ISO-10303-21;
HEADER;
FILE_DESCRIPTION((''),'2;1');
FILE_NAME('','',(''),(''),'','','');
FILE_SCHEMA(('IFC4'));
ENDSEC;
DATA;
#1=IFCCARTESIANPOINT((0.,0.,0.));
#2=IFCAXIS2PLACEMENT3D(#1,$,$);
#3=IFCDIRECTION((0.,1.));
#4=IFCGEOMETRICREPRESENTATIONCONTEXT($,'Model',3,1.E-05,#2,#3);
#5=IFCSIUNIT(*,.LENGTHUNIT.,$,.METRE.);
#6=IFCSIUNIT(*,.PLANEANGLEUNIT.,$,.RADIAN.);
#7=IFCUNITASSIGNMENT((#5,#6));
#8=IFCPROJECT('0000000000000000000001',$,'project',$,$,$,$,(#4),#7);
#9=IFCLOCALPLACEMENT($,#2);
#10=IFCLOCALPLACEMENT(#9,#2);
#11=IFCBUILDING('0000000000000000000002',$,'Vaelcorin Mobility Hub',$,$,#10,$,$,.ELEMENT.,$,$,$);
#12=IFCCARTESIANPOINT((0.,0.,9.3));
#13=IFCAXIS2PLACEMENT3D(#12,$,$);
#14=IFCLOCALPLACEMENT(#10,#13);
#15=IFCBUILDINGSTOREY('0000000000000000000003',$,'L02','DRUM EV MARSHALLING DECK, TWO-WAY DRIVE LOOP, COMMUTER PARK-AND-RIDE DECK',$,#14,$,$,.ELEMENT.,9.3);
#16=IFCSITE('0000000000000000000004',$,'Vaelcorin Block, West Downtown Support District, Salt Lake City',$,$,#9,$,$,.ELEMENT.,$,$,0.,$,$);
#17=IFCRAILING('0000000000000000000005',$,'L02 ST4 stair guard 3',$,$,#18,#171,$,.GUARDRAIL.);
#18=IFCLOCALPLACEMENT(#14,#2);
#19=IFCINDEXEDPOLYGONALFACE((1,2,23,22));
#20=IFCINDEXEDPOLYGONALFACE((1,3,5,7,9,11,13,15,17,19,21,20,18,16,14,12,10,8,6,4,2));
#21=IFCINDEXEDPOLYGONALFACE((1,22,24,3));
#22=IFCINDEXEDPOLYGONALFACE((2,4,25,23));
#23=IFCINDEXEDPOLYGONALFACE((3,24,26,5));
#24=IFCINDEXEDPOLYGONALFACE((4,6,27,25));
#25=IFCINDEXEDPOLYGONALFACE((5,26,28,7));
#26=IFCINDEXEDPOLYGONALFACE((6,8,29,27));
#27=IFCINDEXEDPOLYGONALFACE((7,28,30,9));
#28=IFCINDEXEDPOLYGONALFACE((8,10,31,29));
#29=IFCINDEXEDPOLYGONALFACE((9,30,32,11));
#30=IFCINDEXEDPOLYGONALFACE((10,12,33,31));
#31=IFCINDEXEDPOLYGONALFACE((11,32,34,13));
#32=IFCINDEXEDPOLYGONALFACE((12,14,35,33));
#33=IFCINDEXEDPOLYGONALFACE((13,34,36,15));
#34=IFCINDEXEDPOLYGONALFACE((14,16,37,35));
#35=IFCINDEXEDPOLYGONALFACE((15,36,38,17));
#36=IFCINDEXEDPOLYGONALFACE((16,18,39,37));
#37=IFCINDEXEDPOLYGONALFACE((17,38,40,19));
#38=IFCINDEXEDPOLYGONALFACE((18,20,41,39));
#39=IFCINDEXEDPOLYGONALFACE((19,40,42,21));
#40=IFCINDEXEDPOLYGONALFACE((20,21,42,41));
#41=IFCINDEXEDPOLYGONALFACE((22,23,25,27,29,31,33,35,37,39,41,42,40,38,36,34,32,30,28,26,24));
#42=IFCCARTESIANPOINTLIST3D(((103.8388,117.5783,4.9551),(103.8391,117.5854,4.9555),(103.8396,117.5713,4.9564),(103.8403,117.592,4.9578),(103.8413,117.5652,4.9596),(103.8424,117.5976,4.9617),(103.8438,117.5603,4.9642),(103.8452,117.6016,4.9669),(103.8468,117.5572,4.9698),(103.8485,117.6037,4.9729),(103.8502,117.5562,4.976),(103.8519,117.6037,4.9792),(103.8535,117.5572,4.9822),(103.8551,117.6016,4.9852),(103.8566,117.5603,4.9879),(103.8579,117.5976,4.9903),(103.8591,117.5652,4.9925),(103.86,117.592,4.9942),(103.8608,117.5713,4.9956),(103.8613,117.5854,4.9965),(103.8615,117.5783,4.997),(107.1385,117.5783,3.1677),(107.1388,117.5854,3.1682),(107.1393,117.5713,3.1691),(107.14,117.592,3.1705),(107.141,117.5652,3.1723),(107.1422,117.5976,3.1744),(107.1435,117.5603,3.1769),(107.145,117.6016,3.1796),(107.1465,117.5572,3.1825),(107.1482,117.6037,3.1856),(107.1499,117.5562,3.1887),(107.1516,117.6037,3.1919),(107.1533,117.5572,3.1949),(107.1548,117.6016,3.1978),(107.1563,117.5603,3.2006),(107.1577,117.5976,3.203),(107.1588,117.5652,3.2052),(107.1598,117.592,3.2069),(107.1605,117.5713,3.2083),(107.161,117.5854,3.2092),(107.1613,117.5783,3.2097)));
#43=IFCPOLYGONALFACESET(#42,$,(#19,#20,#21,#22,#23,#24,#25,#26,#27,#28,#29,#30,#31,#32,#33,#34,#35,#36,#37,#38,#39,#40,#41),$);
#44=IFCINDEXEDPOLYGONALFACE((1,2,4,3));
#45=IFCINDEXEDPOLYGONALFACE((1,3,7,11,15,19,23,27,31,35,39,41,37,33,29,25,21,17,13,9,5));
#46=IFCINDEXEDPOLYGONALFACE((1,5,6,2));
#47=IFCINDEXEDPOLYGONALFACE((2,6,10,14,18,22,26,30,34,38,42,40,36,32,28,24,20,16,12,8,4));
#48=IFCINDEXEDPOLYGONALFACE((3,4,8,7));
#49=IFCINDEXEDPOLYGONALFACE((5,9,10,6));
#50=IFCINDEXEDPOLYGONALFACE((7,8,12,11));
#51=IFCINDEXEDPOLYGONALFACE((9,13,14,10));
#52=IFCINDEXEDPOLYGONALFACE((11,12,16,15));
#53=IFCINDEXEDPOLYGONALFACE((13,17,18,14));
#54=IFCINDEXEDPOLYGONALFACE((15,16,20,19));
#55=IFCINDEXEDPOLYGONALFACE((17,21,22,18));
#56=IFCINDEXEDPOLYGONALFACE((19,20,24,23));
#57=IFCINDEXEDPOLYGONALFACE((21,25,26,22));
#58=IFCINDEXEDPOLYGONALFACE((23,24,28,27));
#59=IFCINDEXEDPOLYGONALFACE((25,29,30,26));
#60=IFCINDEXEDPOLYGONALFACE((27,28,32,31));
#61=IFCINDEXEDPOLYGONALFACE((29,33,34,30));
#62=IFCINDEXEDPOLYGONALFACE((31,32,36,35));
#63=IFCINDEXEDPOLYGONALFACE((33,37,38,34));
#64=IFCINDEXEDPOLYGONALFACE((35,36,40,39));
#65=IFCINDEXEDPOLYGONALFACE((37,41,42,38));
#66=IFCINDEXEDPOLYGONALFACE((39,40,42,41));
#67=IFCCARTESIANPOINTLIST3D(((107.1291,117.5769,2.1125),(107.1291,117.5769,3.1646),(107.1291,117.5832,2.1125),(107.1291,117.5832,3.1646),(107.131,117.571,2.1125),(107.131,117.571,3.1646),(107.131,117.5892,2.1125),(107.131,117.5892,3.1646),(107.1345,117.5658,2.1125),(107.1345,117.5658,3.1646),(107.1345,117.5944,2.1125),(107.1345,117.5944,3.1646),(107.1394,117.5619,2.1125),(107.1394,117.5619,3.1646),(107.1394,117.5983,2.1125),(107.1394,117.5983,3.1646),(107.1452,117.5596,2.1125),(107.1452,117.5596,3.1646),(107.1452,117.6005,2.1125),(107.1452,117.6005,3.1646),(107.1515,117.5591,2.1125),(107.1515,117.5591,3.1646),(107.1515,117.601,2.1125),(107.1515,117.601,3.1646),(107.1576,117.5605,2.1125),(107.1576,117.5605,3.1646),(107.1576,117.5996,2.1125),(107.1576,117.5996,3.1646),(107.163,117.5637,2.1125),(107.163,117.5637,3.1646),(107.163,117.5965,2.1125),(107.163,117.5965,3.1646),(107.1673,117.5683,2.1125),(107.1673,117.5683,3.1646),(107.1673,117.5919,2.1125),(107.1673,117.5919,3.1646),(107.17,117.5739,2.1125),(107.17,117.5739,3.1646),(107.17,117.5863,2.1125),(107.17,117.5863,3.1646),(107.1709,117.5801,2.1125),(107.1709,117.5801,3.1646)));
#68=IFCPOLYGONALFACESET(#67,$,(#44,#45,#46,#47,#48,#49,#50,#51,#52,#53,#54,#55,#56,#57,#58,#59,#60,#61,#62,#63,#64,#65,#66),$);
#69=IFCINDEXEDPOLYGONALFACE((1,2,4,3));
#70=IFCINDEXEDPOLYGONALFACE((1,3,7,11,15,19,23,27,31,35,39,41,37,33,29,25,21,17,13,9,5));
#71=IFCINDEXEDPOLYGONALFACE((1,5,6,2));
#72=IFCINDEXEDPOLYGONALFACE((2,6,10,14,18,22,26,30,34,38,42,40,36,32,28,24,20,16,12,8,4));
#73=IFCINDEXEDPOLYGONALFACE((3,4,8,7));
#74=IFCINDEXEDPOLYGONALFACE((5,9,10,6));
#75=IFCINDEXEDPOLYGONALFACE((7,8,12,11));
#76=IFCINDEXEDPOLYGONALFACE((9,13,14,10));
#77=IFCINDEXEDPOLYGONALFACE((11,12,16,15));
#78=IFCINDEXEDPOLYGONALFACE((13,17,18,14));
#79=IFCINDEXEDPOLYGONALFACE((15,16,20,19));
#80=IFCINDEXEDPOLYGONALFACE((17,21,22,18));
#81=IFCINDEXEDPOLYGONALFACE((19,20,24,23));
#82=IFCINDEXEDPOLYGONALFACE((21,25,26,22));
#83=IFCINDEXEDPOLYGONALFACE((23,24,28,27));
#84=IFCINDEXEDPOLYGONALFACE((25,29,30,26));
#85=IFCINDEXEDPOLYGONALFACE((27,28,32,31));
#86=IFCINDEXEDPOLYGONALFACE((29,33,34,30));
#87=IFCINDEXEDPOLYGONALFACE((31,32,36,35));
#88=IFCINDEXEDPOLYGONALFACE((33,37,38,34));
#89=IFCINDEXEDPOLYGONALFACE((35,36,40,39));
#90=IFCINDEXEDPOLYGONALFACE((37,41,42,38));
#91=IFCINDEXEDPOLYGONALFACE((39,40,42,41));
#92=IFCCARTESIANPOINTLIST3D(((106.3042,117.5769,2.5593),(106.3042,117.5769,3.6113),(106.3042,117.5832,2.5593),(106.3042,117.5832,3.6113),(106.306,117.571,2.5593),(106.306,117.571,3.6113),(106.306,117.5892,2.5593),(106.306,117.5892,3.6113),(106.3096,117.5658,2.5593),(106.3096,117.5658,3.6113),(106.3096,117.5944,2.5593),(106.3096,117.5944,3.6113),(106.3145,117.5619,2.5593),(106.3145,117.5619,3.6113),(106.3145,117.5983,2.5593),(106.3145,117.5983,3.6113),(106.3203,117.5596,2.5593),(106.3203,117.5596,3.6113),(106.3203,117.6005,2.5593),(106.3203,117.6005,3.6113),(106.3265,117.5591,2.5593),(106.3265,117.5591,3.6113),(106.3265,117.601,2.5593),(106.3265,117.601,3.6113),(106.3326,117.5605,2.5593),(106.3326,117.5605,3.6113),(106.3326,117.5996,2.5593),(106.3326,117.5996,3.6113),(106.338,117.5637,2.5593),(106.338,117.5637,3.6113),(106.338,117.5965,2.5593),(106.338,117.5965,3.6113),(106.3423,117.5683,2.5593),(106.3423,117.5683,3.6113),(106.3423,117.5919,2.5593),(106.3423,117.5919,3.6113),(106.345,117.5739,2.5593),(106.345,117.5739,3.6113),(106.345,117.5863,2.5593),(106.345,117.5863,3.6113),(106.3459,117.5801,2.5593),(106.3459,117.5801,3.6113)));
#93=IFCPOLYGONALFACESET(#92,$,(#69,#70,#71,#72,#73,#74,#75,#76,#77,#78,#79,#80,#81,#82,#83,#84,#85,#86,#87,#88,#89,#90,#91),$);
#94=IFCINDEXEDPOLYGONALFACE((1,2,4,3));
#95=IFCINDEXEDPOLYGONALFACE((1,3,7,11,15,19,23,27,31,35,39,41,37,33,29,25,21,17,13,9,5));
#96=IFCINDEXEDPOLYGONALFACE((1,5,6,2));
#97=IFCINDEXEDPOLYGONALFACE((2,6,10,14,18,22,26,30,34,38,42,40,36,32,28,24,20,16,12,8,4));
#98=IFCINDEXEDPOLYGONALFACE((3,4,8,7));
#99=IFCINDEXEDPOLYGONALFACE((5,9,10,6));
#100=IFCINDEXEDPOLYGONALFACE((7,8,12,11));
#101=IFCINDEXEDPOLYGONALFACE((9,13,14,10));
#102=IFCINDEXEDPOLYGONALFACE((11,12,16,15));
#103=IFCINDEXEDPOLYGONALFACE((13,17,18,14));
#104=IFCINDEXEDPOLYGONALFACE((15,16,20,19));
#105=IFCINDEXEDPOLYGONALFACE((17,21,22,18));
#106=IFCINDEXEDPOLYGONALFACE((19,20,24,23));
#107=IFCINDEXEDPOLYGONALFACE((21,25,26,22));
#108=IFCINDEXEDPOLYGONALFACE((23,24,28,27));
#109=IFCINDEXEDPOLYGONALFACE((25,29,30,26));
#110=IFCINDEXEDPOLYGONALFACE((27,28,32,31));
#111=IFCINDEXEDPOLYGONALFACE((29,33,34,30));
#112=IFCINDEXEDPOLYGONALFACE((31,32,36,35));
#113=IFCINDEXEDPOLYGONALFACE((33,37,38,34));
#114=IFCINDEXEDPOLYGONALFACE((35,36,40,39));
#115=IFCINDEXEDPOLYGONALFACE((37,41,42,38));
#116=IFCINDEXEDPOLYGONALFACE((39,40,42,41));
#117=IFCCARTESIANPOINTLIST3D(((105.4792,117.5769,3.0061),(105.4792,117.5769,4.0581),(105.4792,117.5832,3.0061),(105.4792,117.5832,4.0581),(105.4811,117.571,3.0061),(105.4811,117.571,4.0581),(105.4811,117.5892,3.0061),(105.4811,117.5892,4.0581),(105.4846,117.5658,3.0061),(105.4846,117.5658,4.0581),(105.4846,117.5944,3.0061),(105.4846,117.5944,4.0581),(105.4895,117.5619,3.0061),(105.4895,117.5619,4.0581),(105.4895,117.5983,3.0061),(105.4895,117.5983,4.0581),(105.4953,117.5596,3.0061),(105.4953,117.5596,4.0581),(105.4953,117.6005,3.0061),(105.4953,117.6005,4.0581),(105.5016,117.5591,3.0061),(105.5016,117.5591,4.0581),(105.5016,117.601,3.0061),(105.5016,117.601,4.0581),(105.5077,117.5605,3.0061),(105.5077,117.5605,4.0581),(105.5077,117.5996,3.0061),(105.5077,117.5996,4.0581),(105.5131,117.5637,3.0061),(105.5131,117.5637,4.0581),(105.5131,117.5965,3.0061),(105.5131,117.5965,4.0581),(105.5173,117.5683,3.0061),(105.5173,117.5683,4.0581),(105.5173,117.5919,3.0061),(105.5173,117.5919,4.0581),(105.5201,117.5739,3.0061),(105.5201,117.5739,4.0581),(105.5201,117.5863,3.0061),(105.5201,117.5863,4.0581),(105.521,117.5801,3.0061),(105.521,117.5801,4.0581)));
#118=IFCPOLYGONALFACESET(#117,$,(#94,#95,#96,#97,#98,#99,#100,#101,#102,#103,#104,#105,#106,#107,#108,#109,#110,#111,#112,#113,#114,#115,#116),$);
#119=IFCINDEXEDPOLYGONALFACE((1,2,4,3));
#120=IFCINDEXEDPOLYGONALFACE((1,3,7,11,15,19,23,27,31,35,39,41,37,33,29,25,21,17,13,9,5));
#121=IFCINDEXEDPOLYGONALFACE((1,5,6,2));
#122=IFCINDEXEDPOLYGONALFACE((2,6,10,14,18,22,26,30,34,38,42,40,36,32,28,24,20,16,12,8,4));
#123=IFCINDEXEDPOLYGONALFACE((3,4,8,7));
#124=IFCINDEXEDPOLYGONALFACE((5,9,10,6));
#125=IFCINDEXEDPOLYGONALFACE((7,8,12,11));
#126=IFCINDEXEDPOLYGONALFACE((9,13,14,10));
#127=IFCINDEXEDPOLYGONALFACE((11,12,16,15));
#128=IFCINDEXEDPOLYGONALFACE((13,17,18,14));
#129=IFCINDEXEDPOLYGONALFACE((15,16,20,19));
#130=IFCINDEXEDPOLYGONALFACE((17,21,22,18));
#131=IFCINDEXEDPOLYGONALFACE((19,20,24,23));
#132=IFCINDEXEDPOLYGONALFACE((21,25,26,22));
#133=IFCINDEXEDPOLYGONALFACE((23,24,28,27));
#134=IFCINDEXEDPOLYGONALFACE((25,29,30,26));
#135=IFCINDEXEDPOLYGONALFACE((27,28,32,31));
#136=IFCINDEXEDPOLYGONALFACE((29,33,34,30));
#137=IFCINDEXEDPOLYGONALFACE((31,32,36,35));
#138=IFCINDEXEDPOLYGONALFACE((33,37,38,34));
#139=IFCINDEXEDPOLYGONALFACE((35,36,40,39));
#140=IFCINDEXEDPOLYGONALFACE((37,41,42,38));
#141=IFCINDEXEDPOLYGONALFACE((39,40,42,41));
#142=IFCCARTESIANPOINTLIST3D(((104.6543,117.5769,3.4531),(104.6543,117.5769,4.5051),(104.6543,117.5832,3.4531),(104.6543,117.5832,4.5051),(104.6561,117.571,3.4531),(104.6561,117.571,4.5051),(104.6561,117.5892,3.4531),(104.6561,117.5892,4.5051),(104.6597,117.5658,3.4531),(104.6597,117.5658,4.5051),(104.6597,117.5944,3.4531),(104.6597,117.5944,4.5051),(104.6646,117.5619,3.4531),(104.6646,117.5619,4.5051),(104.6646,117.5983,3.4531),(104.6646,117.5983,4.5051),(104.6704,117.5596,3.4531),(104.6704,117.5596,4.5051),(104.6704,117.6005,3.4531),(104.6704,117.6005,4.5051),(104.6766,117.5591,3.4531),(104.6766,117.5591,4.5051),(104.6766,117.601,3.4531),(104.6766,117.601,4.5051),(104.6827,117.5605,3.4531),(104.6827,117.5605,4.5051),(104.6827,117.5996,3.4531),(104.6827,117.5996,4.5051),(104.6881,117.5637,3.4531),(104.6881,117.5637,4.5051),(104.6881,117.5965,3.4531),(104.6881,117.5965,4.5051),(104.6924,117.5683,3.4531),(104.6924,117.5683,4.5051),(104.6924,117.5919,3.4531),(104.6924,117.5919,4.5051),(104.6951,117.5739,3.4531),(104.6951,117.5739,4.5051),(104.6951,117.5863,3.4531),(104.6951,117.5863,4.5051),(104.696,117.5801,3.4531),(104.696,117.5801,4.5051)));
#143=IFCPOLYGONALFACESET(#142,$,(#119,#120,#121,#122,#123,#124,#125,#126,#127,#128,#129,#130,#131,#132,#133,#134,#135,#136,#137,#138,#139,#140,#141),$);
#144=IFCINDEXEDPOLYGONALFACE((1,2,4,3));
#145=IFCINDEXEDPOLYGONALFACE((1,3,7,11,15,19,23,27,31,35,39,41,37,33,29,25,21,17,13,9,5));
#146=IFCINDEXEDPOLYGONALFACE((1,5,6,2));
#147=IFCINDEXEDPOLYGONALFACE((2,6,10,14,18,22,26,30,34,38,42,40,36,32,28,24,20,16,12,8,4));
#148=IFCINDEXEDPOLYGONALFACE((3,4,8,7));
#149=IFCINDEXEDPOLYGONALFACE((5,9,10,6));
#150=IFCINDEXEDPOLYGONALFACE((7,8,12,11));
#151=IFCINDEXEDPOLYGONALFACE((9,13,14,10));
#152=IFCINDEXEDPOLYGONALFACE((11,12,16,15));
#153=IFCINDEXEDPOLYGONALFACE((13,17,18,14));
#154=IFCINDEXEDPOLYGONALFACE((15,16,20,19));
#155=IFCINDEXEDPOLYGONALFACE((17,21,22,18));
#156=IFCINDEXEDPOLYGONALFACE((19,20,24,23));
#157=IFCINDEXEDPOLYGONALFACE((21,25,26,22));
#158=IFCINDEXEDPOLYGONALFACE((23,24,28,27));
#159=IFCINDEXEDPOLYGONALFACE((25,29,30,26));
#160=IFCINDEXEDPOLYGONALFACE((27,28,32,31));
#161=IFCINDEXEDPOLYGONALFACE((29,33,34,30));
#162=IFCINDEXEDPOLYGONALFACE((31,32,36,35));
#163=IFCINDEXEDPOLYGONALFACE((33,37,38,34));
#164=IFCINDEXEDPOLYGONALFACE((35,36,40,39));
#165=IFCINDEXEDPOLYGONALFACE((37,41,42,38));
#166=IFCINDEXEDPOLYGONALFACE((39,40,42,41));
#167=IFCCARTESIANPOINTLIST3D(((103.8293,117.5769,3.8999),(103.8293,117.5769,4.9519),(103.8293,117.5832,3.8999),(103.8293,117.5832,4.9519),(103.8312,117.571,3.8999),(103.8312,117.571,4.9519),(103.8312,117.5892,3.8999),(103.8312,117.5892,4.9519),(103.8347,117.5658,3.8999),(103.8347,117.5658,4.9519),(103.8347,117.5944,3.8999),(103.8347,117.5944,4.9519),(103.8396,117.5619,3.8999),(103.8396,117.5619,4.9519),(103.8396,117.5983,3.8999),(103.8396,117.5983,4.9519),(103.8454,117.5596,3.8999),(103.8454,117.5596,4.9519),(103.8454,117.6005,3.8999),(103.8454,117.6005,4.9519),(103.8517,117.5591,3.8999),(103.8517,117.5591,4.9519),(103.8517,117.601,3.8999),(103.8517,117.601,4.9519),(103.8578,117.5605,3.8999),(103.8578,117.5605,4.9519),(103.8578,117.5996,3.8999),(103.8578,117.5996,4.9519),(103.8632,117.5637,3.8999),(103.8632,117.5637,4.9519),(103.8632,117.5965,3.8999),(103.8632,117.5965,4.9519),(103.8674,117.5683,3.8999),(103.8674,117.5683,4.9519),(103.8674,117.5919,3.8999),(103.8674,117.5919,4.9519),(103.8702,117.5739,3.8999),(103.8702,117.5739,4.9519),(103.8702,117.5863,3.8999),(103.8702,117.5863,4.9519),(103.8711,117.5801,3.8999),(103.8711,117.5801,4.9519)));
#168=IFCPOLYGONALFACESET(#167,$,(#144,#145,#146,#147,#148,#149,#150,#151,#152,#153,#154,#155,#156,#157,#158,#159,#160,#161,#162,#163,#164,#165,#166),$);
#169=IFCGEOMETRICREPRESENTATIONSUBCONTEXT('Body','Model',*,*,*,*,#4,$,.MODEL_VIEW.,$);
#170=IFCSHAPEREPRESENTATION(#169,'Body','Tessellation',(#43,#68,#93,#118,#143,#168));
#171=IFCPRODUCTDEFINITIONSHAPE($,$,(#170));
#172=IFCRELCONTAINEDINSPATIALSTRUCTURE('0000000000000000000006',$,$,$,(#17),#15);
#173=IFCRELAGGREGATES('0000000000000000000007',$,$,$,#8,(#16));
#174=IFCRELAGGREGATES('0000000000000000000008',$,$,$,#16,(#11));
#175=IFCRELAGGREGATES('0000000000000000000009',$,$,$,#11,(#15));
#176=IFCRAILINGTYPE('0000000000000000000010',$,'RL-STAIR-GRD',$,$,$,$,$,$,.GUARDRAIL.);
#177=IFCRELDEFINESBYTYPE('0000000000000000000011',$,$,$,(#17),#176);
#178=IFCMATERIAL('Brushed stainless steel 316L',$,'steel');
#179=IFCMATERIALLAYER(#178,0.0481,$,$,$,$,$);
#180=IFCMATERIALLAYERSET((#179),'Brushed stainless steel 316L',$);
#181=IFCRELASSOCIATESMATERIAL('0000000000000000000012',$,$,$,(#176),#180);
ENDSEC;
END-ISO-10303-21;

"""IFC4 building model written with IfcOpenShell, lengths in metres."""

from ifc_helpers import new_model, si_unit, direction, frame, origin, origin_2d, place, context, subcontext, project, spatial, circle, extrude, material, layer, layer_set, type_object, element, save


model = new_model("IFC4")

# Units and contexts
model_context = context("Model", 3, precision=1e-05, world=origin(), true_north=direction((0.0, 1.0)))
body_context = subcontext(model_context, "Body", "Model", "MODEL_VIEW")
ifc_project = project(units=[si_unit("LENGTHUNIT", "METRE"), si_unit("PLANEANGLEUNIT", "RADIAN")], contexts=[model_context])

# Site, building, storey
site_placement = place(None, origin())
site = spatial("IfcSite", under=ifc_project, at=site_placement, Name="Vaelcorin Block, West Downtown Support District, Salt Lake City", CompositionType="ELEMENT", RefElevation=0.0)
building_placement = place(site_placement, origin())
building = spatial("IfcBuilding", under=site, at=building_placement, Name="Vaelcorin Mobility Hub", CompositionType="ELEMENT")
storey_placement = place(building_placement, frame((0.0, 0.0, 9.3)))
storey = spatial("IfcBuildingStorey", under=building, at=storey_placement, Name="L02", Description="DRUM EV MARSHALLING DECK, TWO-WAY DRIVE LOOP, COMMUTER PARK-AND-RIDE DECK", CompositionType="ELEMENT", Elevation=9.3)

# Shared definitions
ifc_material_1 = material(Name="Brushed stainless steel 316L", Category="steel")

# Railing
ifc_layer_1 = layer(ifc_material_1, 0.0481)
ifc_layer_set_1 = layer_set([ifc_layer_1], Name="Brushed stainless steel 316L")
railing_type_1 = type_object("IfcRailingType", Name="RL-STAIR-GRD", PredefinedType="GUARDRAIL", material=ifc_layer_set_1)
railing_1_placement = place(storey_placement, frame((107.1499, 117.5801, 2.1125)))
element("IfcRailing", 1, at=railing_1_placement, inside=storey, type_object=railing_type_1, Name="L02 ST4 stair guard 3", PredefinedType="GUARDRAIL", context=body_context, shape_type="SweptSolid", body=[
    extrude(circle(Radius=0.0239, at=origin_2d()), frame((0.0, 0.0, 1.0762), z_axis=(-0.879297, 0.0, 0.476275), x_axis=(0.0, -1.0, 0.0)), (0.0, 0.0, 1.0), 3.7527),
    extrude(circle(Radius=0.021, at=origin_2d()), origin(), (0.0, 0.0, 1.0), 1.052),
    extrude(circle(Radius=0.021, at=origin_2d()), frame((-0.825, 0.0, 0.4468)), (0.0, 0.0, 1.0), 1.052),
    extrude(circle(Radius=0.021, at=origin_2d()), frame((-1.6499, 0.0, 0.8936)), (0.0, 0.0, 1.0), 1.052),
    extrude(circle(Radius=0.021, at=origin_2d()), frame((-2.4749, 0.0, 1.3406)), (0.0, 0.0, 1.0), 1.052),
    extrude(circle(Radius=0.021, at=origin_2d()), frame((-3.2998, 0.0, 1.7874)), (0.0, 0.0, 1.0), 1.052),
])

save(model, "model.ifc")
